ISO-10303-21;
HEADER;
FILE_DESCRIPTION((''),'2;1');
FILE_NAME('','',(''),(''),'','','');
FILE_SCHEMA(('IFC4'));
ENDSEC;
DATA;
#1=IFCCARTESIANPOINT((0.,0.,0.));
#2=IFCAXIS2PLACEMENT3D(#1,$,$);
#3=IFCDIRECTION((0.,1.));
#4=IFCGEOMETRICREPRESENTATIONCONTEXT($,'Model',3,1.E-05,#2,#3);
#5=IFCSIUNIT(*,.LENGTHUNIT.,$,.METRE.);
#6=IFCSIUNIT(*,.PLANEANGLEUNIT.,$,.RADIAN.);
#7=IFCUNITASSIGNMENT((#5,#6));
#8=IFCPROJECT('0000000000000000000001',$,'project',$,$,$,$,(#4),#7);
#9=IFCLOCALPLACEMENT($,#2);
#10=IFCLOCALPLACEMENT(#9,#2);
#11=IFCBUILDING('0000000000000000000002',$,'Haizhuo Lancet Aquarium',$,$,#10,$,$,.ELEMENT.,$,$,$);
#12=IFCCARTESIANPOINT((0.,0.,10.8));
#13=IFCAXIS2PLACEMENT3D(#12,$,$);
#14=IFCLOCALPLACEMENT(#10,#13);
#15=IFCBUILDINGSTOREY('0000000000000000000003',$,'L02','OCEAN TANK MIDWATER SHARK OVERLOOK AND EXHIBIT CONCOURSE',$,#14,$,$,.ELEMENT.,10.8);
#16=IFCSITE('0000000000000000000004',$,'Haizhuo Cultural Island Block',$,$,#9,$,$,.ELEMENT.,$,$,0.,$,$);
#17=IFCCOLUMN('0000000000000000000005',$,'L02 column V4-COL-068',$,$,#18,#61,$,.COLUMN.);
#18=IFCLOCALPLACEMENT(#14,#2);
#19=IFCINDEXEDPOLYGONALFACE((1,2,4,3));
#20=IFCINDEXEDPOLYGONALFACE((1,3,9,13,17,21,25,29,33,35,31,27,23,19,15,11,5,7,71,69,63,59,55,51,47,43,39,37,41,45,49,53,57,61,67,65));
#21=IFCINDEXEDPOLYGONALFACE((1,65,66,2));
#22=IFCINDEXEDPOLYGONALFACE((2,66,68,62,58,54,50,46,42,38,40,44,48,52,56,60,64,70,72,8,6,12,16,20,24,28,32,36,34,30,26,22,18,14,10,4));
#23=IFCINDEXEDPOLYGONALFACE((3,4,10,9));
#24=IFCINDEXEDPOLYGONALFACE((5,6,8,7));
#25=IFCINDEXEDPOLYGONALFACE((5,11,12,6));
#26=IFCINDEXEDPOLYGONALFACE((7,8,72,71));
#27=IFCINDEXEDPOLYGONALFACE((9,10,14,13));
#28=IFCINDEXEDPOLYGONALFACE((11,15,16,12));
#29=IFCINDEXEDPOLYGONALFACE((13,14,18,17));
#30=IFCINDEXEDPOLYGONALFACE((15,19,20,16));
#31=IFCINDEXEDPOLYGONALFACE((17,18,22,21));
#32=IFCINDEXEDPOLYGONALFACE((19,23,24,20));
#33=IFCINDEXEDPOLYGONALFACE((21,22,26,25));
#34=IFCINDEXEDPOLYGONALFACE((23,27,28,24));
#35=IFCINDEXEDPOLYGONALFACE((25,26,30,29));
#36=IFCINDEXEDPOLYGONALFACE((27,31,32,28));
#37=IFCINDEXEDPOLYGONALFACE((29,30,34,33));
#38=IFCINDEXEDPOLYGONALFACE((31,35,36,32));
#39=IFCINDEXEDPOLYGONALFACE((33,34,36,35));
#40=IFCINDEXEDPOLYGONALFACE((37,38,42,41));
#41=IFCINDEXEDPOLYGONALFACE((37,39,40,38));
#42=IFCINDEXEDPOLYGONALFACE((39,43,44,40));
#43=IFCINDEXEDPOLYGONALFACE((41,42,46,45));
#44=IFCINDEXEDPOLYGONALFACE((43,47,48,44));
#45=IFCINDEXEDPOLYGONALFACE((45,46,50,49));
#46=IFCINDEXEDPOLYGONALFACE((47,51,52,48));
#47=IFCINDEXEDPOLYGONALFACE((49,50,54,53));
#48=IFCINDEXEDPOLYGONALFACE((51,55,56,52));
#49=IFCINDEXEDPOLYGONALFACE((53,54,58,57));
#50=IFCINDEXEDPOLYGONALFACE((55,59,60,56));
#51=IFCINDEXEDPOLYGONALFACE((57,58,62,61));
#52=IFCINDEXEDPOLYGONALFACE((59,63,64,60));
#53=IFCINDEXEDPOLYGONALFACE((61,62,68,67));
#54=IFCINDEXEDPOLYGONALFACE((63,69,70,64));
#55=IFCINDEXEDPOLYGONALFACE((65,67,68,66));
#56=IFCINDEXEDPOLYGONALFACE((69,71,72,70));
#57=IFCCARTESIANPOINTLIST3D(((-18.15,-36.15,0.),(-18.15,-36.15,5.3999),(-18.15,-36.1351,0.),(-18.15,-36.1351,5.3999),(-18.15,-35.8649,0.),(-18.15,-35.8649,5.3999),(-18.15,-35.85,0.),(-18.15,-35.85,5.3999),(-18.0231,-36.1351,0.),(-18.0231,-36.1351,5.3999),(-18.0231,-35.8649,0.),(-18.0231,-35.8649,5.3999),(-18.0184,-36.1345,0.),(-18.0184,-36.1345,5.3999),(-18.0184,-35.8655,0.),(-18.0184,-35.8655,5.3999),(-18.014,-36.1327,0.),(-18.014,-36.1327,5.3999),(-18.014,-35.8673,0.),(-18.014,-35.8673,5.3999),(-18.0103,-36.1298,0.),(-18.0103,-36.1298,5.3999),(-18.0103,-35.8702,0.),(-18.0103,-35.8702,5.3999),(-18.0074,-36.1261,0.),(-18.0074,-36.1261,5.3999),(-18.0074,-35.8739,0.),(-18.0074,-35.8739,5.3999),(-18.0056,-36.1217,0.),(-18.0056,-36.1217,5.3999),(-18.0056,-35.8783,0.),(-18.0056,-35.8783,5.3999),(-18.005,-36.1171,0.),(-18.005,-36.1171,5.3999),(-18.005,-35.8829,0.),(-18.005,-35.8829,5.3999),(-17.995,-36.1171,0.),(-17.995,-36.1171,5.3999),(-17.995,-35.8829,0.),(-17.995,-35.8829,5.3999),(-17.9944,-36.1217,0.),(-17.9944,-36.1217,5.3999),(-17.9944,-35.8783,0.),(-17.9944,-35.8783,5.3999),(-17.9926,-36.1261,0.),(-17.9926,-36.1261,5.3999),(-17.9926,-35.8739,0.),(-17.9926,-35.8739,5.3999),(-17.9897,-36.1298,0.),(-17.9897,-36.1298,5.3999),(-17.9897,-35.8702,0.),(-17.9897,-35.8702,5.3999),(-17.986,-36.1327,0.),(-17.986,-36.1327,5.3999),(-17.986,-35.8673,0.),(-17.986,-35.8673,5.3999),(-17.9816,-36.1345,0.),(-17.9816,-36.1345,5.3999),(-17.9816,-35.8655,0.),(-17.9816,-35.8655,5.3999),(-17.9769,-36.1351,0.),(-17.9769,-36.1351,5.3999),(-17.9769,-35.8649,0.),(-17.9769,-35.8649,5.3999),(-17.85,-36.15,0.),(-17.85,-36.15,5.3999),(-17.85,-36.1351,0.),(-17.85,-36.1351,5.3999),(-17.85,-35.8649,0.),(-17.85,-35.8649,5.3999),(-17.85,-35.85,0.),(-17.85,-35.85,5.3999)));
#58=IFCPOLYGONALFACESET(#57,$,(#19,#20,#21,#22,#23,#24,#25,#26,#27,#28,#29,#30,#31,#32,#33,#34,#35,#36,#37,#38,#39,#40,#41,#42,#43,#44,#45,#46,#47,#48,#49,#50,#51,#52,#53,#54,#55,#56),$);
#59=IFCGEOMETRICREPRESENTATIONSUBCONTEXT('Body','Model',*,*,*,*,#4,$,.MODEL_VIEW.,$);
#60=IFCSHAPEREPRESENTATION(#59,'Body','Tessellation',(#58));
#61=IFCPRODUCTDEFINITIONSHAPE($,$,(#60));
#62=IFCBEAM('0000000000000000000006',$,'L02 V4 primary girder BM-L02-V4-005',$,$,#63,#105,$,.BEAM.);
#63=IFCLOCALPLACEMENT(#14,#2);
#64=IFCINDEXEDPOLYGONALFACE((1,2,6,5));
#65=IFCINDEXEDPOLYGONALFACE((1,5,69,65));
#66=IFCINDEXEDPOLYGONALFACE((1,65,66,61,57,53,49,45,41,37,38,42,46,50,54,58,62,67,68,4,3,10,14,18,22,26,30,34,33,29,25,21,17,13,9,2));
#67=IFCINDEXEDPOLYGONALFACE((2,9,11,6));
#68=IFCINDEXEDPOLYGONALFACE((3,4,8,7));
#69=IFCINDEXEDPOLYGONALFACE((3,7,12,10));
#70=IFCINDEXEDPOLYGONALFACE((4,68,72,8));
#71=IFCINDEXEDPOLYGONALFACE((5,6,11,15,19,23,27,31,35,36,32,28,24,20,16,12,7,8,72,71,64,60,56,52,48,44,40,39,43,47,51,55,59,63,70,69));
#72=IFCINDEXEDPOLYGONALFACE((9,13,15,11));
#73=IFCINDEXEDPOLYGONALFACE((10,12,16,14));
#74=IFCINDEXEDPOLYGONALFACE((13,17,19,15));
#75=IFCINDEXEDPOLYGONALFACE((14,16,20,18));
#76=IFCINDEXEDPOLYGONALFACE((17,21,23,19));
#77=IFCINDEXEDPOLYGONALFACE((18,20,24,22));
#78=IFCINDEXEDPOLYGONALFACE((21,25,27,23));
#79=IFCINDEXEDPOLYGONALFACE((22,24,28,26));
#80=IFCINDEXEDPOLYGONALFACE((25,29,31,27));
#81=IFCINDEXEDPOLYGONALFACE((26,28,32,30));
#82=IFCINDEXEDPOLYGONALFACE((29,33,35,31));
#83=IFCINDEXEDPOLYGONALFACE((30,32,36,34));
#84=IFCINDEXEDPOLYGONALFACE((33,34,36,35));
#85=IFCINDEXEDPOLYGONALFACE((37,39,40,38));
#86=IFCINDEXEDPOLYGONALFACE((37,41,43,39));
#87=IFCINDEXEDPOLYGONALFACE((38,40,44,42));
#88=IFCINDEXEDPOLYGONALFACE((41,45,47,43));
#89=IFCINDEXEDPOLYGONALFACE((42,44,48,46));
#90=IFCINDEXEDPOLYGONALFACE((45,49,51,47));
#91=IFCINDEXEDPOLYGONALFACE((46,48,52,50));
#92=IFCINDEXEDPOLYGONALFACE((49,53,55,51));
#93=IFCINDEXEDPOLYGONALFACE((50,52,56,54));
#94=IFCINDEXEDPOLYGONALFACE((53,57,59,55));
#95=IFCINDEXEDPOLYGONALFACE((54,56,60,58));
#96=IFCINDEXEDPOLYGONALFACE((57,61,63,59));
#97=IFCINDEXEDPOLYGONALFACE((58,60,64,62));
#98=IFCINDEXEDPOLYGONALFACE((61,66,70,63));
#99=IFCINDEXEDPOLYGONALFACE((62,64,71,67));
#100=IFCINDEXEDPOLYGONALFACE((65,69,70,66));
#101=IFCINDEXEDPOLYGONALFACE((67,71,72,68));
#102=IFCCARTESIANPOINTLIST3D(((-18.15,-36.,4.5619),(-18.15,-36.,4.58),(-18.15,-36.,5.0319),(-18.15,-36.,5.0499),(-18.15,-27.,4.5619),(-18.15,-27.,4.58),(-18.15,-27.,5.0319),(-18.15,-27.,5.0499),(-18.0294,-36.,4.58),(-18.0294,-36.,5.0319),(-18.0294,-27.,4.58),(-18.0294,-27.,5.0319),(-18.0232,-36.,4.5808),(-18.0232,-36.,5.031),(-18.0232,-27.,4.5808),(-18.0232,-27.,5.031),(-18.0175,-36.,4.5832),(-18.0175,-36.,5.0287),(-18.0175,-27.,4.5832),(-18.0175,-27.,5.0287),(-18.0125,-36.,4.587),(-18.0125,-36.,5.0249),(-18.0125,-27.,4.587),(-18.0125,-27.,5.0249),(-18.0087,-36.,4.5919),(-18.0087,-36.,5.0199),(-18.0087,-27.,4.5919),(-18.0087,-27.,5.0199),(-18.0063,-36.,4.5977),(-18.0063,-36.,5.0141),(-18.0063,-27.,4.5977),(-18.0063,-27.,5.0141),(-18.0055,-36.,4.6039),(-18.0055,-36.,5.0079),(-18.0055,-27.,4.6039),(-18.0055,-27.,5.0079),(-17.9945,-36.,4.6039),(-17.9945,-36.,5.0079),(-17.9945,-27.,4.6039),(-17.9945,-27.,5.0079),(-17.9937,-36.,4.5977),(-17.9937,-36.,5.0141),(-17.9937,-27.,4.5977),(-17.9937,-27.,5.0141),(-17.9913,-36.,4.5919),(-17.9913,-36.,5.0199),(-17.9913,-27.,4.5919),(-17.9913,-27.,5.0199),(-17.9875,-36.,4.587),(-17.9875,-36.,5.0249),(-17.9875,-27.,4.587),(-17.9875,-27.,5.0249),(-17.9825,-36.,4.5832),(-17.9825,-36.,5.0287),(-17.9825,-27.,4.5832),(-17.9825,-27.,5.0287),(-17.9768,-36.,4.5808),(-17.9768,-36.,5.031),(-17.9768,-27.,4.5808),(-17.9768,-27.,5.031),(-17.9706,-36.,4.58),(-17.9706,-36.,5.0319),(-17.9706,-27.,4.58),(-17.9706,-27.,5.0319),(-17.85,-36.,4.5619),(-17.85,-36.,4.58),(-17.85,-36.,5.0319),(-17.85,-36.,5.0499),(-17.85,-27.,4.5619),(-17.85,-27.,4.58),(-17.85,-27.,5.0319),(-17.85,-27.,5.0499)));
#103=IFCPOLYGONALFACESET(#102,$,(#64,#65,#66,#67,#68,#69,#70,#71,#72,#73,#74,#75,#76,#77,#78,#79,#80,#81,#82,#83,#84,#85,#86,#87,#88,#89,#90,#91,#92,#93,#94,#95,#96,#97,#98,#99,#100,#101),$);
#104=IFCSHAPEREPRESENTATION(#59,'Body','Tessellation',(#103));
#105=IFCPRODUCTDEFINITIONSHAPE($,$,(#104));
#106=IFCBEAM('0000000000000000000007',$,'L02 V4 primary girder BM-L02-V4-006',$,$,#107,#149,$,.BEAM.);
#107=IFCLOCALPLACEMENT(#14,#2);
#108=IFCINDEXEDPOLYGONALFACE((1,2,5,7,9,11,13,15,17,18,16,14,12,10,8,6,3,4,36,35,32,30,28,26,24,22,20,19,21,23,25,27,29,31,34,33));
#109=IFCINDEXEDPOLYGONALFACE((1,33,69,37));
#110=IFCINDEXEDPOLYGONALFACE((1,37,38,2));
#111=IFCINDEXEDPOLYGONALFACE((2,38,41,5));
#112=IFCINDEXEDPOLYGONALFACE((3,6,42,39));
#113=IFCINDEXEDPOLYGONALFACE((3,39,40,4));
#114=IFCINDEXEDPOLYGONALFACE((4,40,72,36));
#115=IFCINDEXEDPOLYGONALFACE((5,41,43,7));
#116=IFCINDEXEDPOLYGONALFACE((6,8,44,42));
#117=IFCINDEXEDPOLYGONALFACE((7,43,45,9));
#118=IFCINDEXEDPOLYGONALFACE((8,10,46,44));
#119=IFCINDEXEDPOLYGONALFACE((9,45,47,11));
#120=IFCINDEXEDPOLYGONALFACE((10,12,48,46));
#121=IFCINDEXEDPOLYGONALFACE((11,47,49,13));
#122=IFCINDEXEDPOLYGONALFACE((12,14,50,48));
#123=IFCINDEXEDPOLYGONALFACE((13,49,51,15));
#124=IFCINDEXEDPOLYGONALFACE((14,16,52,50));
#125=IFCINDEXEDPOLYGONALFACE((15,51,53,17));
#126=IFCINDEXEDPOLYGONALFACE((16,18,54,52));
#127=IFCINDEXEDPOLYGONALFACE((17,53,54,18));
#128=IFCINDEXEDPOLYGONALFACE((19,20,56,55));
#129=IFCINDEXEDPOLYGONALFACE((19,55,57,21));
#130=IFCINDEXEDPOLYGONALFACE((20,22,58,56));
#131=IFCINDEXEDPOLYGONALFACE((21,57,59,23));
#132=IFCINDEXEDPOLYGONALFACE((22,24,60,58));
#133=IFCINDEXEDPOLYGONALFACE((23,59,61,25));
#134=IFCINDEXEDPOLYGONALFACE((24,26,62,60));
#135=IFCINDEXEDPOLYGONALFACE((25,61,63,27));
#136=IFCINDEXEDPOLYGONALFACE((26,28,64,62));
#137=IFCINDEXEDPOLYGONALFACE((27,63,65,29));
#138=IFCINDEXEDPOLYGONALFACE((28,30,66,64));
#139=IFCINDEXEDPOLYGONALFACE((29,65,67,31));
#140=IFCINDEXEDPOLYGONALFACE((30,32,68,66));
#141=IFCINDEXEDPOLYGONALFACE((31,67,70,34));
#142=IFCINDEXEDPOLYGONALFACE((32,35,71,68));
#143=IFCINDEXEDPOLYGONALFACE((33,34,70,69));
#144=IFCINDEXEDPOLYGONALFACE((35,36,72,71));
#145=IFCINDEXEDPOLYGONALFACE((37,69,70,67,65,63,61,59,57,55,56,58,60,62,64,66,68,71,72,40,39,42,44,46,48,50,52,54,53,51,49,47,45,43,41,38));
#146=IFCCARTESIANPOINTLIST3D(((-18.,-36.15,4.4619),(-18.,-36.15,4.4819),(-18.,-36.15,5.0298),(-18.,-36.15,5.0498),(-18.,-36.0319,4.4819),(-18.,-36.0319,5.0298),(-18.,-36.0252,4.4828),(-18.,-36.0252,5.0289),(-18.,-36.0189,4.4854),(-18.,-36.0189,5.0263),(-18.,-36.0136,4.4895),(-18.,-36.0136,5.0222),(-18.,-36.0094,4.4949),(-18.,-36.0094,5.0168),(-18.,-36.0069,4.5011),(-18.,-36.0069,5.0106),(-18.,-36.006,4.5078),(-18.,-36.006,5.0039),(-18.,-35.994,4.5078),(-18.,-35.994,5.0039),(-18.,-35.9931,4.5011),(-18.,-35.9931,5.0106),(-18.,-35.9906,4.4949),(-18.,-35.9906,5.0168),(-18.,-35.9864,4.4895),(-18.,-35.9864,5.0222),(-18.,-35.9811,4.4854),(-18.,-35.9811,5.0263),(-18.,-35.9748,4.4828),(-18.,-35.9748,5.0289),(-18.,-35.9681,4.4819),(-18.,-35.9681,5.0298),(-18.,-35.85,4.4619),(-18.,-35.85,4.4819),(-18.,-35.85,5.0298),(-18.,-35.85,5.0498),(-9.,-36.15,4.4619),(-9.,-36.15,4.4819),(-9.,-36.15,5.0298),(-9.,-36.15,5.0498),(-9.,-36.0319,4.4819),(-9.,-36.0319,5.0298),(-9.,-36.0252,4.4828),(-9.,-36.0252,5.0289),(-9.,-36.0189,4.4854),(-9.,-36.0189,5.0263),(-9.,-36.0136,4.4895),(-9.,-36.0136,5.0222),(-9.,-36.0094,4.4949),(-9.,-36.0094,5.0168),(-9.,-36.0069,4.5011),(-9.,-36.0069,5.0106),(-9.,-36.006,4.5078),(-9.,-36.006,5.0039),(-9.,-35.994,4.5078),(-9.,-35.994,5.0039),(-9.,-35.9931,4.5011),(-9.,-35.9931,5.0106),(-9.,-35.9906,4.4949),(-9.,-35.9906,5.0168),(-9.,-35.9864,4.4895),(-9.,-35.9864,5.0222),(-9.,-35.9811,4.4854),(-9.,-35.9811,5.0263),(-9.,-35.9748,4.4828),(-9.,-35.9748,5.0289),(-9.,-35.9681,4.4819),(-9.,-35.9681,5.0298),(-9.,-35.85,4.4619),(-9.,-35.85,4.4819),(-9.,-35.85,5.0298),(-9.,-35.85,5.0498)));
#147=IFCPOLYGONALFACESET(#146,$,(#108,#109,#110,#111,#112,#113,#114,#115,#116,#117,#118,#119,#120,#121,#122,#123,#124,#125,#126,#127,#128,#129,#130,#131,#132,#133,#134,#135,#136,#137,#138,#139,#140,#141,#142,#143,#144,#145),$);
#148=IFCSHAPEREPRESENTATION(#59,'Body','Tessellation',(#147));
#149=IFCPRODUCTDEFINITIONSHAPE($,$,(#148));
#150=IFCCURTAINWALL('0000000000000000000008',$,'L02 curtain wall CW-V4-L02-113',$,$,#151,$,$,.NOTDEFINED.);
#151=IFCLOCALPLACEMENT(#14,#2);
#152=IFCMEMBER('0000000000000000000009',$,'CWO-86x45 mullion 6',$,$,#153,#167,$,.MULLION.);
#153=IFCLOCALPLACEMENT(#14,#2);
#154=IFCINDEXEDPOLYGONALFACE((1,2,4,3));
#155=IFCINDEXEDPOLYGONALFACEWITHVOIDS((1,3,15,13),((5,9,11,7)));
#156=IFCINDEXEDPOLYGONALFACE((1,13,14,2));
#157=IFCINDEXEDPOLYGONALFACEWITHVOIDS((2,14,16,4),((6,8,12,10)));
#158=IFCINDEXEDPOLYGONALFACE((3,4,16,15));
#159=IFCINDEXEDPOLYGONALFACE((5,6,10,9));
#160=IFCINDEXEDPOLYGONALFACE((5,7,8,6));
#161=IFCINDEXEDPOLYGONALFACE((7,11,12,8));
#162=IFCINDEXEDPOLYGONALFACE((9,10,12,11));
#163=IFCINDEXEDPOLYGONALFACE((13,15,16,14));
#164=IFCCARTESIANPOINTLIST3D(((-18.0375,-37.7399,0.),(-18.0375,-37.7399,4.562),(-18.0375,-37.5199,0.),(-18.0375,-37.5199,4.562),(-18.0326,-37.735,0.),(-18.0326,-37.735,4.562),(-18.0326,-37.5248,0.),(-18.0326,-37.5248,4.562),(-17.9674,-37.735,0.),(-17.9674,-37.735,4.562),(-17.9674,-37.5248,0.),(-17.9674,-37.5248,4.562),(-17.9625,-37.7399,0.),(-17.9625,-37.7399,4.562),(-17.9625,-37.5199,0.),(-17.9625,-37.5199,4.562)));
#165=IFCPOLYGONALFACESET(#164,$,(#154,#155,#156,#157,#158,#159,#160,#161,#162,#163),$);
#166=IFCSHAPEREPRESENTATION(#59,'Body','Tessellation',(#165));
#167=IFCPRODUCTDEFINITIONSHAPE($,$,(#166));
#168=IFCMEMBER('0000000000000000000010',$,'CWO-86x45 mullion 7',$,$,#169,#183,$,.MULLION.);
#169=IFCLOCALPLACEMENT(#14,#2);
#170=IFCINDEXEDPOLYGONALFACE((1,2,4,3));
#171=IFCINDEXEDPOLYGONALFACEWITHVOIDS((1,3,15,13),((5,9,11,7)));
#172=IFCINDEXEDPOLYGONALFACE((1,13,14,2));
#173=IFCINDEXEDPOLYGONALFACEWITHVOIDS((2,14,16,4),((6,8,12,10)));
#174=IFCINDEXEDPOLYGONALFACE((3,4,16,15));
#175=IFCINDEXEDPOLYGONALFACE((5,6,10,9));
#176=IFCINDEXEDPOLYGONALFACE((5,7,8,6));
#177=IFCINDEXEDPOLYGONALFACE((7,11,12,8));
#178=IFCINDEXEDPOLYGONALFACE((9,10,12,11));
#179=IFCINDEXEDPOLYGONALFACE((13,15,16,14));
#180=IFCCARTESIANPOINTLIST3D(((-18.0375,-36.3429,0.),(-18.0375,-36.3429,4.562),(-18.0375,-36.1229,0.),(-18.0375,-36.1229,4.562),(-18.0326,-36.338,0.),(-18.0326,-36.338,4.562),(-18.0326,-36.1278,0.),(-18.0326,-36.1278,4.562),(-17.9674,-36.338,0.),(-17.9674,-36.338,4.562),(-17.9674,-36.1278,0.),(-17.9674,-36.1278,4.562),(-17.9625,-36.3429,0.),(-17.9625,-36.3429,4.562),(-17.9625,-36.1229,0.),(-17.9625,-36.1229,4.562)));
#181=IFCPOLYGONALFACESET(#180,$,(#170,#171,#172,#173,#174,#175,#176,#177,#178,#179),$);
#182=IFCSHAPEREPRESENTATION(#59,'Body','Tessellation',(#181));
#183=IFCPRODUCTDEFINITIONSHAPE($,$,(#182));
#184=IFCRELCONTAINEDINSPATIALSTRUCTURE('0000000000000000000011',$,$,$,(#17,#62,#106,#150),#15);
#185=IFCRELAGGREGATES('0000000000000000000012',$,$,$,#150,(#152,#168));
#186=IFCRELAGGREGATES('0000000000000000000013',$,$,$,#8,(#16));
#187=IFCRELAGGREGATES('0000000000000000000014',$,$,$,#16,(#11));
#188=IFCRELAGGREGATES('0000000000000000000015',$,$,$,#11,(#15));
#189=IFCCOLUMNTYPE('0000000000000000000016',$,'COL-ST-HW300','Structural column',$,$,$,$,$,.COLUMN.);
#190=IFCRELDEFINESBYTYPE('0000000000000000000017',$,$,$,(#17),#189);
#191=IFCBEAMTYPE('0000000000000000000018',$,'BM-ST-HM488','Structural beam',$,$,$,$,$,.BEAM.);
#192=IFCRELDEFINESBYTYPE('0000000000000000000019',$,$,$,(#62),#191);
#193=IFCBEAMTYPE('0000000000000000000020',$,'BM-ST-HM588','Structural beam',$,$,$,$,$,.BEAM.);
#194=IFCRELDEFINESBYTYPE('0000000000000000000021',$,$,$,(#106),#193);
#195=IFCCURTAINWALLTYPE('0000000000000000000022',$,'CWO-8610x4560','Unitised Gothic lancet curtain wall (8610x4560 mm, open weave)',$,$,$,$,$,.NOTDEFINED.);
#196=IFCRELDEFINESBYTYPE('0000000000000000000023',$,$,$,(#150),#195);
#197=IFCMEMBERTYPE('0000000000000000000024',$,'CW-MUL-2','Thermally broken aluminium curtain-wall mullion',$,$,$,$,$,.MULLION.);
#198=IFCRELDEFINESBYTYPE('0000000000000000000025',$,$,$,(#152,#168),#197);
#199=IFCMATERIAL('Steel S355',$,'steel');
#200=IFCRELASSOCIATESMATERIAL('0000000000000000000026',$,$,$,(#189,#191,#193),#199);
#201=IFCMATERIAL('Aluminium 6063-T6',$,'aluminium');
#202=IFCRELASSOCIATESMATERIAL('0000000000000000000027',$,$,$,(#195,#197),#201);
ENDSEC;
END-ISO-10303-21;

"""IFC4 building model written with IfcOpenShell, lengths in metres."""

from ifc_helpers import new_model, si_unit, direction, frame, origin, origin_2d, place, context, subcontext, project, spatial, hollow_rectangle, i_section, extrude, material, material_profile, profile_set, type_object, element, aggregate, save


model = new_model("IFC4")

# Units and contexts
model_context = context("Model", 3, precision=1e-05, world=origin(), true_north=direction((0.0, 1.0)))
body_context = subcontext(model_context, "Body", "Model", "MODEL_VIEW")
ifc_project = project(units=[si_unit("LENGTHUNIT", "METRE"), si_unit("PLANEANGLEUNIT", "RADIAN")], contexts=[model_context])

# Site, building, storey
site_placement = place(None, origin())
site = spatial("IfcSite", under=ifc_project, at=site_placement, Name="Haizhuo Cultural Island Block", CompositionType="ELEMENT", RefElevation=0.0)
building_placement = place(site_placement, origin())
building = spatial("IfcBuilding", under=site, at=building_placement, Name="Haizhuo Lancet Aquarium", CompositionType="ELEMENT")
storey_placement = place(building_placement, frame((0.0, 0.0, 10.8)))
storey = spatial("IfcBuildingStorey", under=building, at=storey_placement, Name="L02", Description="OCEAN TANK MIDWATER SHARK OVERLOOK AND EXHIBIT CONCOURSE", CompositionType="ELEMENT", Elevation=10.8)

# Column
ifc_material_1 = material(Name="Steel S355", Category="steel")
ifc_material_profile_1 = material_profile(ifc_material_1, i_section(OverallWidth=0.3, OverallDepth=0.3, WebThickness=0.01, FlangeThickness=0.0149, FilletRadius=0.0181, at=origin_2d()), Name="HW 300x300x10x15")
ifc_profile_set_1 = profile_set([ifc_material_profile_1], Name="Steel S355")
column_type = type_object("IfcColumnType", Name="COL-ST-HW300", Description="Structural column", PredefinedType="COLUMN", material=ifc_profile_set_1)
column_placement = place(storey_placement, frame((-18.0, -36.0, 0.0), z_axis=(0.0, 0.0, 1.0), x_axis=(1.0, 0.0, 0.0)))
element("IfcColumn", 1, at=column_placement, inside=storey, type_object=column_type, Name="L02 column V4-COL-068", PredefinedType="COLUMN", context=body_context, shape_type="SweptSolid", body=[
    extrude(i_section(OverallWidth=0.3, OverallDepth=0.3, WebThickness=0.01, FlangeThickness=0.0149, FilletRadius=0.0181, at=origin_2d()), origin(), (0.0, 0.0, 1.0), 5.3999),
])

# Beams
ifc_material_profile_2 = material_profile(ifc_material_1, i_section(OverallWidth=0.3, OverallDepth=0.488, WebThickness=0.011, FlangeThickness=0.0181, FilletRadius=0.0239, at=origin_2d()), Name="HM 488x300x11x18")
ifc_profile_set_2 = profile_set([ifc_material_profile_2], Name="Steel S355")
beam_type_1 = type_object("IfcBeamType", Name="BM-ST-HM488", Description="Structural beam", PredefinedType="BEAM", material=ifc_profile_set_2)
beam_1_placement = place(storey_placement, frame((-18.0, -36.0, 4.8059), z_axis=(0.0, 1.0, 0.0), x_axis=(-1.0, 0.0, 0.0)))
element("IfcBeam", 2, at=beam_1_placement, inside=storey, type_object=beam_type_1, Name="L02 V4 primary girder BM-L02-V4-005", PredefinedType="BEAM", context=body_context, shape_type="SweptSolid", body=[
    extrude(i_section(OverallWidth=0.3, OverallDepth=0.488, WebThickness=0.011, FlangeThickness=0.0181, FilletRadius=0.0239, at=origin_2d()), origin(), (0.0, 0.0, 1.0), 9.0),
])
ifc_material_profile_3 = material_profile(ifc_material_1, i_section(OverallWidth=0.3, OverallDepth=0.5879, WebThickness=0.012, FlangeThickness=0.02, FilletRadius=0.0259, at=origin_2d()), Name="HM 588x300x12x20")
ifc_profile_set_3 = profile_set([ifc_material_profile_3], Name="Steel S355")
beam_type_2 = type_object("IfcBeamType", Name="BM-ST-HM588", Description="Structural beam", PredefinedType="BEAM", material=ifc_profile_set_3)
beam_2_placement = place(storey_placement, frame((-18.0, -36.0, 4.7559), z_axis=(1.0, 0.0, 0.0), x_axis=(0.0, 1.0, 0.0)))
element("IfcBeam", 3, at=beam_2_placement, inside=storey, type_object=beam_type_2, Name="L02 V4 primary girder BM-L02-V4-006", PredefinedType="BEAM", context=body_context, shape_type="SweptSolid", body=[
    extrude(i_section(OverallWidth=0.3, OverallDepth=0.5879, WebThickness=0.012, FlangeThickness=0.02, FilletRadius=0.0259, at=origin_2d()), origin(), (0.0, 0.0, 1.0), 9.0),
])

# Curtain wall, members
ifc_material_2 = material(Name="Aluminium 6063-T6", Category="aluminium")
curtain_wall_type = type_object("IfcCurtainWallType", Name="CWO-8610x4560", Description="Unitised Gothic lancet curtain wall (8610x4560 mm, open weave)", PredefinedType="NOTDEFINED", material=ifc_material_2)
curtain_wall_1_placement = place(storey_placement, origin())
curtain_wall_1 = element("IfcCurtainWall", 4, at=curtain_wall_1_placement, inside=storey, type_object=curtain_wall_type, Name="L02 curtain wall CW-V4-L02-113", PredefinedType="NOTDEFINED")
ifc_material_profile_4 = material_profile(ifc_material_2, hollow_rectangle(XDim=0.075, YDim=0.22, WallThickness=0.0049, at=origin_2d()), Name="ALU-M 75x220x5")
ifc_profile_set_4 = profile_set([ifc_material_profile_4], Name="Aluminium 6063-T6")
member_type_1 = type_object("IfcMemberType", Name="CW-MUL-2", Description="Thermally broken aluminium curtain-wall mullion", PredefinedType="MULLION", material=ifc_profile_set_4)
member_1_placement = place(storey_placement, frame((-18.0, -37.6299, 0.0), z_axis=(0.0, 0.0, 1.0), x_axis=(-1.0, 0.0, 0.0)))
member_1 = element("IfcMember", 5, at=member_1_placement, type_object=member_type_1, Name="CWO-86x45 mullion 6", PredefinedType="MULLION", context=body_context, shape_type="SweptSolid", body=[
    extrude(hollow_rectangle(XDim=0.075, YDim=0.22, WallThickness=0.0049, at=origin_2d()), origin(), (0.0, 0.0, 1.0), 4.562),
])
member_2_placement = place(storey_placement, frame((-18.0, -36.2329, 0.0), z_axis=(0.0, 0.0, 1.0), x_axis=(-1.0, 0.0, 0.0)))
member_2 = element("IfcMember", 6, at=member_2_placement, type_object=member_type_1, Name="CWO-86x45 mullion 7", PredefinedType="MULLION", context=body_context, shape_type="SweptSolid", body=[
    extrude(hollow_rectangle(XDim=0.075, YDim=0.22, WallThickness=0.0049, at=origin_2d()), origin(), (0.0, 0.0, 1.0), 4.562),
])

aggregate(curtain_wall_1, [member_1, member_2])

save(model, "model.ifc")
